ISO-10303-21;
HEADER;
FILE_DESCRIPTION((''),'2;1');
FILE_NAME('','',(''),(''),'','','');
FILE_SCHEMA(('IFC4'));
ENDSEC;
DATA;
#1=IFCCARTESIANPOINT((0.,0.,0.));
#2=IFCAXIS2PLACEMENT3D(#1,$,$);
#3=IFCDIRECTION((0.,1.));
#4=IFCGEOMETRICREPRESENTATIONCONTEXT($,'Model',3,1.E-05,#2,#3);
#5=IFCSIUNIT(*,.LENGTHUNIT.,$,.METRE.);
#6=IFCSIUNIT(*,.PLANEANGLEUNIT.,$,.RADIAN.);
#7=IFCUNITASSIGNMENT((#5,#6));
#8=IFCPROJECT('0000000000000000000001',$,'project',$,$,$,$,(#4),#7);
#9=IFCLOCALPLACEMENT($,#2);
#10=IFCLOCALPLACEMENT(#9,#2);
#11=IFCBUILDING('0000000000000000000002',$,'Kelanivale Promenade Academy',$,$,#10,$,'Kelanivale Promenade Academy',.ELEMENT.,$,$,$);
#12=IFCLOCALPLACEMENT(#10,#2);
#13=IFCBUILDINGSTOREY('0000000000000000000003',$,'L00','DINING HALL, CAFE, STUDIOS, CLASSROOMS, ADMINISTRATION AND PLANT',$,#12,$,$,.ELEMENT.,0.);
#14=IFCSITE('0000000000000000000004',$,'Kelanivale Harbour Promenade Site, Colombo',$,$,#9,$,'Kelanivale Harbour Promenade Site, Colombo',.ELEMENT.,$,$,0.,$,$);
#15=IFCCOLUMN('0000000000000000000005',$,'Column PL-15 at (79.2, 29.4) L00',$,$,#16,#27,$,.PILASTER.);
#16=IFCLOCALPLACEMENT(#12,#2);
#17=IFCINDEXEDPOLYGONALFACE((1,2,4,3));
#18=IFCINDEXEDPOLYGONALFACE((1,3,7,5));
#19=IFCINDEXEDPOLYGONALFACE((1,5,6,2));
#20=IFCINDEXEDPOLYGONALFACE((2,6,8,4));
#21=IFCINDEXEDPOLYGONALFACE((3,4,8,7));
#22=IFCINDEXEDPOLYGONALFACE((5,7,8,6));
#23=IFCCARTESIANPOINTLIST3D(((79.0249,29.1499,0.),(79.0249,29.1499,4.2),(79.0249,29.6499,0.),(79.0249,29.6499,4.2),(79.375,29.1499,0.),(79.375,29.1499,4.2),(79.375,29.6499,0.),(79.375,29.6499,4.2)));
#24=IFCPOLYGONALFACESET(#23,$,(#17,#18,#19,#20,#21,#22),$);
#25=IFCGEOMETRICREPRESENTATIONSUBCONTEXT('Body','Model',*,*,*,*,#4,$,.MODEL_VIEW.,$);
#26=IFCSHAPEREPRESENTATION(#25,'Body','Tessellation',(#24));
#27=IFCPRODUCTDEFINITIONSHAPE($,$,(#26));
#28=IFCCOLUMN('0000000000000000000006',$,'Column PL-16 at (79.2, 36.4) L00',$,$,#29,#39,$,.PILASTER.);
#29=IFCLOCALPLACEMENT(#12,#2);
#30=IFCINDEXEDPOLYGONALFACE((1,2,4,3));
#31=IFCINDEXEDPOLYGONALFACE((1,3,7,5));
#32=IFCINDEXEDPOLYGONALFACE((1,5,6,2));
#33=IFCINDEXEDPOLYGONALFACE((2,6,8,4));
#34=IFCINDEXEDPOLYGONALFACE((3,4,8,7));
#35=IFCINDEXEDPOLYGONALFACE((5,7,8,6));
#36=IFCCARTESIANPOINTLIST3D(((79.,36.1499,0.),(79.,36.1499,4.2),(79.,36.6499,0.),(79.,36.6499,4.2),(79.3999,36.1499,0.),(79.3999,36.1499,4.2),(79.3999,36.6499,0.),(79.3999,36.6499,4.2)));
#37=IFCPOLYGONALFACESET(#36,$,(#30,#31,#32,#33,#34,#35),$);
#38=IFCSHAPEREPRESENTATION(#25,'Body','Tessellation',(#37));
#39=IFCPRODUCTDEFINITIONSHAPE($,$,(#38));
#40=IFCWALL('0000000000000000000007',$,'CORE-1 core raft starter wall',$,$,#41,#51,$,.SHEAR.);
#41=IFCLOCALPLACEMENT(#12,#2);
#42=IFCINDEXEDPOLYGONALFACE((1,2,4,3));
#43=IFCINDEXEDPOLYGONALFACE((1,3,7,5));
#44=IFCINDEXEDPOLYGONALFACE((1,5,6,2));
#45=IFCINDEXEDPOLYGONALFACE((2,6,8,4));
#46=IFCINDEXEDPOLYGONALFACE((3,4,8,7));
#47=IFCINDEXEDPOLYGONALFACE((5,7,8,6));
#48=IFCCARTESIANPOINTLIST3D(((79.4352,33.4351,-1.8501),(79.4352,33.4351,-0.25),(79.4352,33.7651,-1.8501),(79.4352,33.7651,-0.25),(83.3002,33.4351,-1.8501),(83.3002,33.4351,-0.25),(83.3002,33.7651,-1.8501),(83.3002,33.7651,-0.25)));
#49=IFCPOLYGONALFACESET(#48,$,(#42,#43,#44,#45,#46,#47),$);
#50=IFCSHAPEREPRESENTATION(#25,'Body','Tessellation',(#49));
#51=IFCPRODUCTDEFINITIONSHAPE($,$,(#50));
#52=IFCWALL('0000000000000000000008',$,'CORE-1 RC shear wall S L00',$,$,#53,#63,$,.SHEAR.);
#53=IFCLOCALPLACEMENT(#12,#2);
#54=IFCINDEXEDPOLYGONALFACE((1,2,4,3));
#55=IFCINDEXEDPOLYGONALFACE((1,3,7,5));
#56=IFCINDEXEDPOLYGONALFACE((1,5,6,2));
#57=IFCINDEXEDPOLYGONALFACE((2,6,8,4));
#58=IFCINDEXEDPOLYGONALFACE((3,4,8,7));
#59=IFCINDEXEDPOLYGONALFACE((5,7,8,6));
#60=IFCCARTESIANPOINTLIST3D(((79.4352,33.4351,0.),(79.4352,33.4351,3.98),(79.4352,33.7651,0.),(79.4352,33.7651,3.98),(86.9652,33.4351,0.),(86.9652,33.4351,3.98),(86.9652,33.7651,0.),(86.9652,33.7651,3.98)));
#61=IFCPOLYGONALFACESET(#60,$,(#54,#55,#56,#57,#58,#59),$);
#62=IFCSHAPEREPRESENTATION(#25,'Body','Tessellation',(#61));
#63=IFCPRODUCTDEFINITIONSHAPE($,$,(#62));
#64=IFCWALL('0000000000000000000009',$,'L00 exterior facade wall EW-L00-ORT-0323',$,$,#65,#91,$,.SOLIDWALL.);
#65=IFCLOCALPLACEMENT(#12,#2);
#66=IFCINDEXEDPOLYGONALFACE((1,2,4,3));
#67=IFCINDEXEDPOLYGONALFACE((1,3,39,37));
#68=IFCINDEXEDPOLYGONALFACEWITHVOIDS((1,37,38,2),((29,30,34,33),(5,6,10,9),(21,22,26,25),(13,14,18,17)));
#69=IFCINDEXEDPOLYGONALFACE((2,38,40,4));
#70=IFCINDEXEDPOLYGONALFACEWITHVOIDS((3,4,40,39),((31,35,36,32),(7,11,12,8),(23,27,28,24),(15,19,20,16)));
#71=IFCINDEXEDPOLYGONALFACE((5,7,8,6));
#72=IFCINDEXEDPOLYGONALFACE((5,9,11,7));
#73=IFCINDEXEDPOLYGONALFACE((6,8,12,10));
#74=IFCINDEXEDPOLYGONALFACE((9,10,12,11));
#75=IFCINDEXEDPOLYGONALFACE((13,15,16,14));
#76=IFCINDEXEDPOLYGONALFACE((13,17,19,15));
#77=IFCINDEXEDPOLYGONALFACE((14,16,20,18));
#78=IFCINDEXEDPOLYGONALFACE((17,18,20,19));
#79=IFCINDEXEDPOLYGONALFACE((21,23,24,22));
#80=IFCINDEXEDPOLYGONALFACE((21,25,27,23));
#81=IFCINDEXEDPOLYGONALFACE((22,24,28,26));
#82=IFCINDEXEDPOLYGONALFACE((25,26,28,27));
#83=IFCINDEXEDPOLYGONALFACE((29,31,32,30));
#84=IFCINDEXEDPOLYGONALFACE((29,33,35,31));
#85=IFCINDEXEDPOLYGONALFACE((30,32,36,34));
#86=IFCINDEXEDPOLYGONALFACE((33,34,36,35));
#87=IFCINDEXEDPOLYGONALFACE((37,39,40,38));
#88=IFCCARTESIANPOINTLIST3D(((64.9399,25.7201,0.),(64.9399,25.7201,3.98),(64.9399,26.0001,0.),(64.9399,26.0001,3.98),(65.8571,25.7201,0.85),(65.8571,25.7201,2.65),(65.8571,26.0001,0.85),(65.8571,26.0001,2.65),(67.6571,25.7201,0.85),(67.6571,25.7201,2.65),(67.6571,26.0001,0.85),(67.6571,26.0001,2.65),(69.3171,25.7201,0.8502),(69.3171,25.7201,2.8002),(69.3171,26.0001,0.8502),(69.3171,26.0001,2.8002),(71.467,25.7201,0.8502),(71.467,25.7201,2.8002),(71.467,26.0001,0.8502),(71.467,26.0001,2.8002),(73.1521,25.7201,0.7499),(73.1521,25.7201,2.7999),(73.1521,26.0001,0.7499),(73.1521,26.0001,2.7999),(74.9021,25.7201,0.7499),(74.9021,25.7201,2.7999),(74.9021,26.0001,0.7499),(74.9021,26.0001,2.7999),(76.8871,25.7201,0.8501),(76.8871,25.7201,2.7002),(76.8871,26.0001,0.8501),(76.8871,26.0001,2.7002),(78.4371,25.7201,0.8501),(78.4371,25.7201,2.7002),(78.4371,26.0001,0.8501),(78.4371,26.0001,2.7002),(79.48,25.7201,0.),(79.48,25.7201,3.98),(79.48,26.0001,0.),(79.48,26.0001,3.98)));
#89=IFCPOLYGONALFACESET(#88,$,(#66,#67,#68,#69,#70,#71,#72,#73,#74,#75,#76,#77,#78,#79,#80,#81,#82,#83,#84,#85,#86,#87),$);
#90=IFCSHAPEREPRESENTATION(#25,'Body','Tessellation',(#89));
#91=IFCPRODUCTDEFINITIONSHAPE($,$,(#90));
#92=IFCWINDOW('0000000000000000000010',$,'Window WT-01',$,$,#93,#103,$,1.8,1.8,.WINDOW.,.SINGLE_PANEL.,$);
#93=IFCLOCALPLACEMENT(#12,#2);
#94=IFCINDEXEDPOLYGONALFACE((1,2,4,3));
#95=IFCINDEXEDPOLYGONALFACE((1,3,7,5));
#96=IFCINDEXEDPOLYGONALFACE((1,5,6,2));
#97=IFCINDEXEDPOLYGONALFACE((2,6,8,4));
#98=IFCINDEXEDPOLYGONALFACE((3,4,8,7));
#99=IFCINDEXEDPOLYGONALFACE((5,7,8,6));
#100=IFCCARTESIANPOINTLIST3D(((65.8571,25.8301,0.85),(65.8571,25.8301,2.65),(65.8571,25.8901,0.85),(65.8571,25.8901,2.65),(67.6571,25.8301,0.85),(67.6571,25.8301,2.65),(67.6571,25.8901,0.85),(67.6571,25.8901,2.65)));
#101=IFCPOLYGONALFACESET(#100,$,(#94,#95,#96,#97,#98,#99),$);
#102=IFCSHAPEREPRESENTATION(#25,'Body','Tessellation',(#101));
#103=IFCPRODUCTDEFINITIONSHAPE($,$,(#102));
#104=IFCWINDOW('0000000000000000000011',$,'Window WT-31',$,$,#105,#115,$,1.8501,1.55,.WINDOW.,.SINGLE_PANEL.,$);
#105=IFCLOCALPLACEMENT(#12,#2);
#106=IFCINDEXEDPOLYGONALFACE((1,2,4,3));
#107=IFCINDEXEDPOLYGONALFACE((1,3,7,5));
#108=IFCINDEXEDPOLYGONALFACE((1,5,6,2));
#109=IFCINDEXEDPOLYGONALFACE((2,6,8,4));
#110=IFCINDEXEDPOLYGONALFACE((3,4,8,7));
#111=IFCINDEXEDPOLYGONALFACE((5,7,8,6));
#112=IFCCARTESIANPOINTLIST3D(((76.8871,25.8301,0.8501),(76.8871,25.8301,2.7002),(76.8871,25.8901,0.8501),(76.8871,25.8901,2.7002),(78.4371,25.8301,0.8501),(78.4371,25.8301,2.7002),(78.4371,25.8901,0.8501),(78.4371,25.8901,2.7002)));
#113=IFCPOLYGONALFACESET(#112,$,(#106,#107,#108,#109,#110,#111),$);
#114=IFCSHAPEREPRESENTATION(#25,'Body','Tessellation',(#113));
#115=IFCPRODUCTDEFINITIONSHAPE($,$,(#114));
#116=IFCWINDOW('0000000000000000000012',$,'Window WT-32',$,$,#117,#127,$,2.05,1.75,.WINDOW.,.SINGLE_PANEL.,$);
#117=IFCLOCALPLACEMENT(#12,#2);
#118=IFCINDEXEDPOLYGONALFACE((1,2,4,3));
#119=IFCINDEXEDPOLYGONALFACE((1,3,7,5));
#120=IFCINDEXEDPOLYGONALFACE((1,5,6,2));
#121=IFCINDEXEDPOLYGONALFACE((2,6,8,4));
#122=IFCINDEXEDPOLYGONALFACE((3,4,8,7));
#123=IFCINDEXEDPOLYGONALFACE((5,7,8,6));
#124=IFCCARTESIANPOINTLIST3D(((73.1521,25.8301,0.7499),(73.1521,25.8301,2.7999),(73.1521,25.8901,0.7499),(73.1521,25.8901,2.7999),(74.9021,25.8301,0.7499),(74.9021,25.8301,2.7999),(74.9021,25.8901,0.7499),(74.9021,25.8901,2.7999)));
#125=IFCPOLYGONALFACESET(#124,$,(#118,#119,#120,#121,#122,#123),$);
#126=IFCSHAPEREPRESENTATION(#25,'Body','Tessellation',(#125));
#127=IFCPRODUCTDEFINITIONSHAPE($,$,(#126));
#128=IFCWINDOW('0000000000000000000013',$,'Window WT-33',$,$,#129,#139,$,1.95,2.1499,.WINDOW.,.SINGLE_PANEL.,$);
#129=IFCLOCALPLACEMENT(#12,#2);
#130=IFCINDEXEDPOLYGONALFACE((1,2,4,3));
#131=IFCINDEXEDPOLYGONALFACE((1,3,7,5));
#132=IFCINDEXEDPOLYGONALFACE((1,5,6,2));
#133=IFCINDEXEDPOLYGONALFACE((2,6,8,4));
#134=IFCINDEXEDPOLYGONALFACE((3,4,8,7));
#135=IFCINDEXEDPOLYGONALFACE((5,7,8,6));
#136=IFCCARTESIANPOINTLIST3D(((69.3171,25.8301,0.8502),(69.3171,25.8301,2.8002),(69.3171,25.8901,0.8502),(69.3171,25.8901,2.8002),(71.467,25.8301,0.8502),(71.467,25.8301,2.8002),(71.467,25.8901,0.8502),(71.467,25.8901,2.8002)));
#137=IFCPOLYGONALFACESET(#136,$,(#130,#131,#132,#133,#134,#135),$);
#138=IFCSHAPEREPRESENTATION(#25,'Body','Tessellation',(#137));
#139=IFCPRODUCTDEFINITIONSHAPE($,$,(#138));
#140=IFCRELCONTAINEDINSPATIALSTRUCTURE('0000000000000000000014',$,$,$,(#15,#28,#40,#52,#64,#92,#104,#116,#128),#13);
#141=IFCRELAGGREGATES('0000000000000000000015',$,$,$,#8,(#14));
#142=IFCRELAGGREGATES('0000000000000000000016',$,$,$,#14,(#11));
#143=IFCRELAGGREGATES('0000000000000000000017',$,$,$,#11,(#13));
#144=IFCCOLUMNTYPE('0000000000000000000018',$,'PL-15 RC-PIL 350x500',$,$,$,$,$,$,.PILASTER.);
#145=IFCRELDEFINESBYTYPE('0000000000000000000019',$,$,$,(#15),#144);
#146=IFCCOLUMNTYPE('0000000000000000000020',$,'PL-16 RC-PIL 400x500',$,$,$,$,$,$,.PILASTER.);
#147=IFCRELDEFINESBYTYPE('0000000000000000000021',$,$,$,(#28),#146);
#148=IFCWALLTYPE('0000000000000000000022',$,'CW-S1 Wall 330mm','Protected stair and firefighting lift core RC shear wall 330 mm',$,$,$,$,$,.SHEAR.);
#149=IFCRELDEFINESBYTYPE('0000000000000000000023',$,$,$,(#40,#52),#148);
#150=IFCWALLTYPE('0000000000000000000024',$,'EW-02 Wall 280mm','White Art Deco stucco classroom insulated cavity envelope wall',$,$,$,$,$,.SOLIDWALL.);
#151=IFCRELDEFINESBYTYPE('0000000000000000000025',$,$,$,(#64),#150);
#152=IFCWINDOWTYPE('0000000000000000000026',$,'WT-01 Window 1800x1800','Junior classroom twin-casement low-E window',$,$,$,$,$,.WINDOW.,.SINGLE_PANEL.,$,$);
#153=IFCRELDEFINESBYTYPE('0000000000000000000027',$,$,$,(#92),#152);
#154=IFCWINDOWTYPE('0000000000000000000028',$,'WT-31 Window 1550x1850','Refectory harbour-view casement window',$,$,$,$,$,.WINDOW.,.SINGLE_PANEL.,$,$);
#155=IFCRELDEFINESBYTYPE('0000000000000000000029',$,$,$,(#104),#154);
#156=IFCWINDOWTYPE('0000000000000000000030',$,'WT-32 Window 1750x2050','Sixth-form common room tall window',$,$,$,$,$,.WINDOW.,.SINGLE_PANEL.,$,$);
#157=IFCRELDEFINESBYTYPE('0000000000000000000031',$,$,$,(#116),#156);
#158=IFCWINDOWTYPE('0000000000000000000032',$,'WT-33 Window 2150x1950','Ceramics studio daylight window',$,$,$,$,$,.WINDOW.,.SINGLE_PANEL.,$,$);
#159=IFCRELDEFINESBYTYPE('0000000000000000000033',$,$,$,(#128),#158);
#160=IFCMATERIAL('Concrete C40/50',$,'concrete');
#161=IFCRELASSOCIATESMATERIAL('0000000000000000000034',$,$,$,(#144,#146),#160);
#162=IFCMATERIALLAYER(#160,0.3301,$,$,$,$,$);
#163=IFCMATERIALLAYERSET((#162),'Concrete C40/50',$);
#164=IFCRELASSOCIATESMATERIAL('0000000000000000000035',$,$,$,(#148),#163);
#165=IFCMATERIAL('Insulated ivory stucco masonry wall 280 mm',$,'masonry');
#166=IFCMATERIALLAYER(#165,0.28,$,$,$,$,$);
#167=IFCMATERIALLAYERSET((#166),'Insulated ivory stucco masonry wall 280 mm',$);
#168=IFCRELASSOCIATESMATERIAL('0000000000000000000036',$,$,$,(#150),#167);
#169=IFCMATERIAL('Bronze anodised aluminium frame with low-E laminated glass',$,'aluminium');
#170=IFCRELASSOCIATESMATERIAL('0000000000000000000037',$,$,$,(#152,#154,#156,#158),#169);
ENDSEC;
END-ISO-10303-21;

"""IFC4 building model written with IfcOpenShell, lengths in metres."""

from ifc_helpers import new_model, si_unit, direction, frame, frame_2d, origin, origin_2d, place, context, subcontext, project, spatial, rectangle, extrude, material, layer, layer_set, material_profile, profile_set, type_object, element, fill, save


model = new_model("IFC4")

# Units and contexts
model_context = context("Model", 3, precision=1e-05, world=origin(), true_north=direction((0.0, 1.0)))
body_context = subcontext(model_context, "Body", "Model", "MODEL_VIEW")
ifc_project = project(units=[si_unit("LENGTHUNIT", "METRE"), si_unit("PLANEANGLEUNIT", "RADIAN")], contexts=[model_context])

# Site, building, storey
site_placement = place(None, origin())
site = spatial("IfcSite", under=ifc_project, at=site_placement, Name="Kelanivale Harbour Promenade Site, Colombo", LongName="Kelanivale Harbour Promenade Site, Colombo", CompositionType="ELEMENT", RefElevation=0.0)
building_placement = place(site_placement, origin())
building = spatial("IfcBuilding", under=site, at=building_placement, Name="Kelanivale Promenade Academy", LongName="Kelanivale Promenade Academy", CompositionType="ELEMENT")
storey_placement = place(building_placement, origin())
storey = spatial("IfcBuildingStorey", under=building, at=storey_placement, Name="L00", Description="DINING HALL, CAFE, STUDIOS, CLASSROOMS, ADMINISTRATION AND PLANT", CompositionType="ELEMENT", Elevation=0.0)

# Columns
ifc_material_1 = material(Name="Concrete C40/50", Category="concrete")
ifc_material_profile_1 = material_profile(ifc_material_1, rectangle(XDim=0.3501, YDim=0.5, at=origin_2d()), Name="RC-PIL 350x500")
ifc_profile_set_1 = profile_set([ifc_material_profile_1], Name="Concrete C40/50")
column_type_1 = type_object("IfcColumnType", Name="PL-15 RC-PIL 350x500", PredefinedType="PILASTER", material=ifc_profile_set_1)
column_1_placement = place(storey_placement, frame((79.2, 29.3999, 0.0), z_axis=(0.0, 0.0, 1.0), x_axis=(1.0, 0.0, 0.0)))
element("IfcColumn", 1, at=column_1_placement, inside=storey, type_object=column_type_1, Name="Column PL-15 at (79.2, 29.4) L00", PredefinedType="PILASTER", context=body_context, shape_type="SweptSolid", body=[
    extrude(rectangle(XDim=0.3501, YDim=0.5, at=origin_2d()), origin(), (0.0, 0.0, 1.0), 4.2),
])
ifc_material_profile_2 = material_profile(ifc_material_1, rectangle(XDim=0.3999, YDim=0.5, at=origin_2d()), Name="RC-PIL 400x500")
ifc_profile_set_2 = profile_set([ifc_material_profile_2], Name="Concrete C40/50")
column_type_2 = type_object("IfcColumnType", Name="PL-16 RC-PIL 400x500", PredefinedType="PILASTER", material=ifc_profile_set_2)
column_2_placement = place(storey_placement, frame((79.2, 36.3999, 0.0), z_axis=(0.0, 0.0, 1.0), x_axis=(1.0, 0.0, 0.0)))
element("IfcColumn", 2, at=column_2_placement, inside=storey, type_object=column_type_2, Name="Column PL-16 at (79.2, 36.4) L00", PredefinedType="PILASTER", context=body_context, shape_type="SweptSolid", body=[
    extrude(rectangle(XDim=0.3999, YDim=0.5, at=origin_2d()), origin(), (0.0, 0.0, 1.0), 4.2),
])

# Walls
ifc_layer_1 = layer(ifc_material_1, 0.3301)
ifc_layer_set_1 = layer_set([ifc_layer_1], Name="Concrete C40/50")
wall_type_1 = type_object("IfcWallType", Name="CW-S1 Wall 330mm", Description="Protected stair and firefighting lift core RC shear wall 330 mm", PredefinedType="SHEAR", material=ifc_layer_set_1)
wall_1_placement = place(storey_placement, frame((79.4351, 33.6001, -1.8501), z_axis=(0.0, 0.0, 1.0), x_axis=(1.0, 0.0, 0.0)))
element("IfcWall", 3, at=wall_1_placement, inside=storey, type_object=wall_type_1, Name="CORE-1 core raft starter wall", PredefinedType="SHEAR", context=body_context, shape_type="SweptSolid", body=[
    extrude(rectangle(XDim=3.865, YDim=0.3301, at=frame_2d((1.9326, 0.0))), origin(), (0.0, 0.0, 1.0), 1.6001),
])
wall_2_placement = place(storey_placement, frame((79.4351, 33.6001, 0.0), z_axis=(0.0, 0.0, 1.0), x_axis=(1.0, 0.0, 0.0)))
element("IfcWall", 4, at=wall_2_placement, inside=storey, type_object=wall_type_1, Name="CORE-1 RC shear wall S L00", PredefinedType="SHEAR", context=body_context, shape_type="SweptSolid", body=[
    extrude(rectangle(XDim=7.53, YDim=0.3301, at=frame_2d((3.7651, 0.0))), origin(), (0.0, 0.0, 1.0), 3.98),
])

# Wall, openings, windows
ifc_material_2 = material(Name="Insulated ivory stucco masonry wall 280 mm", Category="masonry")
ifc_layer_2 = layer(ifc_material_2, 0.28)
ifc_layer_set_2 = layer_set([ifc_layer_2], Name="Insulated ivory stucco masonry wall 280 mm")
wall_type_2 = type_object("IfcWallType", Name="EW-02 Wall 280mm", Description="White Art Deco stucco classroom insulated cavity envelope wall", PredefinedType="SOLIDWALL", material=ifc_layer_set_2)
wall_3_placement = place(storey_placement, frame((79.48, 25.8601, 0.0), z_axis=(0.0, 0.0, 1.0), x_axis=(-1.0, 0.0, 0.0)))
wall_3 = element("IfcWall", 5, at=wall_3_placement, inside=storey, type_object=wall_type_2, Name="L00 exterior facade wall EW-L00-ORT-0323", PredefinedType="SOLIDWALL", context=body_context, shape_type="SweptSolid", body=[
    extrude(rectangle(XDim=14.54, YDim=0.28, at=frame_2d((7.27, 0.0))), origin(), (0.0, 0.0, 1.0), 3.98),
])
opening_1_placement = place(wall_3_placement, frame((1.043, 0.0, 0.8501)))
opening_1 = element("IfcOpeningElement", 6, at=opening_1_placement, cuts=wall_3, PredefinedType="OPENING", context=body_context, shape_type="SweptSolid", body=[
    extrude(rectangle(XDim=1.55, YDim=1.8501, at=frame_2d((0.7749, 0.925))), frame((0.0, 0.1499, 0.0), z_axis=(0.0, -1.0, 0.0), x_axis=(1.0, 0.0, 0.0)), (0.0, 0.0, 1.0), 0.3),
])
opening_2_placement = place(wall_3_placement, frame((4.5779, 0.0, 0.75)))
opening_2 = element("IfcOpeningElement", 7, at=opening_2_placement, cuts=wall_3, PredefinedType="OPENING", context=body_context, shape_type="SweptSolid", body=[
    extrude(rectangle(XDim=1.75, YDim=2.05, at=frame_2d((0.875, 1.0249))), frame((0.0, 0.1499, 0.0), z_axis=(0.0, -1.0, 0.0), x_axis=(1.0, 0.0, 0.0)), (0.0, 0.0, 1.0), 0.3),
])
opening_3_placement = place(wall_3_placement, frame((8.0129, 0.0, 0.8501)))
opening_3 = element("IfcOpeningElement", 8, at=opening_3_placement, cuts=wall_3, PredefinedType="OPENING", context=body_context, shape_type="SweptSolid", body=[
    extrude(rectangle(XDim=2.1499, YDim=1.95, at=frame_2d((1.075, 0.9751))), frame((0.0, 0.1499, 0.0), z_axis=(0.0, -1.0, 0.0), x_axis=(1.0, 0.0, 0.0)), (0.0, 0.0, 1.0), 0.3),
])
opening_4_placement = place(wall_3_placement, frame((11.823, 0.0, 0.8501)))
opening_4 = element("IfcOpeningElement", 9, at=opening_4_placement, cuts=wall_3, PredefinedType="OPENING", context=body_context, shape_type="SweptSolid", body=[
    extrude(rectangle(XDim=1.8, YDim=1.8, at=frame_2d((0.8999, 0.8999))), frame((0.0, 0.1499, 0.0), z_axis=(0.0, -1.0, 0.0), x_axis=(1.0, 0.0, 0.0)), (0.0, 0.0, 1.0), 0.3),
])
ifc_material_3 = material(Name="Bronze anodised aluminium frame with low-E laminated glass", Category="aluminium")
window_type_1 = type_object("IfcWindowType", Name="WT-01 Window 1800x1800", Description="Junior classroom twin-casement low-E window", PartitioningType="SINGLE_PANEL", PredefinedType="WINDOW", material=ifc_material_3)
window_1_placement = place(opening_4_placement, origin())
window_1 = element("IfcWindow", 10, at=window_1_placement, inside=storey, type_object=window_type_1, Name="Window WT-01", OverallHeight=1.8, OverallWidth=1.8, PartitioningType="SINGLE_PANEL", PredefinedType="WINDOW", context=body_context, shape_type="SweptSolid", body=[
    extrude(rectangle(XDim=1.8, YDim=1.8, at=frame_2d((0.8999, 0.8999))), frame((0.0, 0.03, 0.0), z_axis=(0.0, -1.0, 0.0), x_axis=(1.0, 0.0, 0.0)), (0.0, 0.0, 1.0), 0.0601),
])
fill(opening_4, window_1)
window_type_2 = type_object("IfcWindowType", Name="WT-31 Window 1550x1850", Description="Refectory harbour-view casement window", PartitioningType="SINGLE_PANEL", PredefinedType="WINDOW", material=ifc_material_3)
window_2_placement = place(opening_1_placement, origin())
window_2 = element("IfcWindow", 11, at=window_2_placement, inside=storey, type_object=window_type_2, Name="Window WT-31", OverallHeight=1.8501, OverallWidth=1.55, PartitioningType="SINGLE_PANEL", PredefinedType="WINDOW", context=body_context, shape_type="SweptSolid", body=[
    extrude(rectangle(XDim=1.55, YDim=1.8501, at=frame_2d((0.7749, 0.925))), frame((0.0, 0.03, 0.0), z_axis=(0.0, -1.0, 0.0), x_axis=(1.0, 0.0, 0.0)), (0.0, 0.0, 1.0), 0.0601),
])
fill(opening_1, window_2)
window_type_3 = type_object("IfcWindowType", Name="WT-32 Window 1750x2050", Description="Sixth-form common room tall window", PartitioningType="SINGLE_PANEL", PredefinedType="WINDOW", material=ifc_material_3)
window_3_placement = place(opening_2_placement, origin())
window_3 = element("IfcWindow", 12, at=window_3_placement, inside=storey, type_object=window_type_3, Name="Window WT-32", OverallHeight=2.05, OverallWidth=1.75, PartitioningType="SINGLE_PANEL", PredefinedType="WINDOW", context=body_context, shape_type="SweptSolid", body=[
    extrude(rectangle(XDim=1.75, YDim=2.05, at=frame_2d((0.875, 1.0249))), frame((0.0, 0.03, 0.0), z_axis=(0.0, -1.0, 0.0), x_axis=(1.0, 0.0, 0.0)), (0.0, 0.0, 1.0), 0.0601),
])
fill(opening_2, window_3)
window_type_4 = type_object("IfcWindowType", Name="WT-33 Window 2150x1950", Description="Ceramics studio daylight window", PartitioningType="SINGLE_PANEL", PredefinedType="WINDOW", material=ifc_material_3)
window_4_placement = place(opening_3_placement, origin())
window_4 = element("IfcWindow", 13, at=window_4_placement, inside=storey, type_object=window_type_4, Name="Window WT-33", OverallHeight=1.95, OverallWidth=2.1499, PartitioningType="SINGLE_PANEL", PredefinedType="WINDOW", context=body_context, shape_type="SweptSolid", body=[
    extrude(rectangle(XDim=2.1499, YDim=1.95, at=frame_2d((1.075, 0.9751))), frame((0.0, 0.03, 0.0), z_axis=(0.0, -1.0, 0.0), x_axis=(1.0, 0.0, 0.0)), (0.0, 0.0, 1.0), 0.0601),
])
fill(opening_3, window_4)

save(model, "model.ifc")
